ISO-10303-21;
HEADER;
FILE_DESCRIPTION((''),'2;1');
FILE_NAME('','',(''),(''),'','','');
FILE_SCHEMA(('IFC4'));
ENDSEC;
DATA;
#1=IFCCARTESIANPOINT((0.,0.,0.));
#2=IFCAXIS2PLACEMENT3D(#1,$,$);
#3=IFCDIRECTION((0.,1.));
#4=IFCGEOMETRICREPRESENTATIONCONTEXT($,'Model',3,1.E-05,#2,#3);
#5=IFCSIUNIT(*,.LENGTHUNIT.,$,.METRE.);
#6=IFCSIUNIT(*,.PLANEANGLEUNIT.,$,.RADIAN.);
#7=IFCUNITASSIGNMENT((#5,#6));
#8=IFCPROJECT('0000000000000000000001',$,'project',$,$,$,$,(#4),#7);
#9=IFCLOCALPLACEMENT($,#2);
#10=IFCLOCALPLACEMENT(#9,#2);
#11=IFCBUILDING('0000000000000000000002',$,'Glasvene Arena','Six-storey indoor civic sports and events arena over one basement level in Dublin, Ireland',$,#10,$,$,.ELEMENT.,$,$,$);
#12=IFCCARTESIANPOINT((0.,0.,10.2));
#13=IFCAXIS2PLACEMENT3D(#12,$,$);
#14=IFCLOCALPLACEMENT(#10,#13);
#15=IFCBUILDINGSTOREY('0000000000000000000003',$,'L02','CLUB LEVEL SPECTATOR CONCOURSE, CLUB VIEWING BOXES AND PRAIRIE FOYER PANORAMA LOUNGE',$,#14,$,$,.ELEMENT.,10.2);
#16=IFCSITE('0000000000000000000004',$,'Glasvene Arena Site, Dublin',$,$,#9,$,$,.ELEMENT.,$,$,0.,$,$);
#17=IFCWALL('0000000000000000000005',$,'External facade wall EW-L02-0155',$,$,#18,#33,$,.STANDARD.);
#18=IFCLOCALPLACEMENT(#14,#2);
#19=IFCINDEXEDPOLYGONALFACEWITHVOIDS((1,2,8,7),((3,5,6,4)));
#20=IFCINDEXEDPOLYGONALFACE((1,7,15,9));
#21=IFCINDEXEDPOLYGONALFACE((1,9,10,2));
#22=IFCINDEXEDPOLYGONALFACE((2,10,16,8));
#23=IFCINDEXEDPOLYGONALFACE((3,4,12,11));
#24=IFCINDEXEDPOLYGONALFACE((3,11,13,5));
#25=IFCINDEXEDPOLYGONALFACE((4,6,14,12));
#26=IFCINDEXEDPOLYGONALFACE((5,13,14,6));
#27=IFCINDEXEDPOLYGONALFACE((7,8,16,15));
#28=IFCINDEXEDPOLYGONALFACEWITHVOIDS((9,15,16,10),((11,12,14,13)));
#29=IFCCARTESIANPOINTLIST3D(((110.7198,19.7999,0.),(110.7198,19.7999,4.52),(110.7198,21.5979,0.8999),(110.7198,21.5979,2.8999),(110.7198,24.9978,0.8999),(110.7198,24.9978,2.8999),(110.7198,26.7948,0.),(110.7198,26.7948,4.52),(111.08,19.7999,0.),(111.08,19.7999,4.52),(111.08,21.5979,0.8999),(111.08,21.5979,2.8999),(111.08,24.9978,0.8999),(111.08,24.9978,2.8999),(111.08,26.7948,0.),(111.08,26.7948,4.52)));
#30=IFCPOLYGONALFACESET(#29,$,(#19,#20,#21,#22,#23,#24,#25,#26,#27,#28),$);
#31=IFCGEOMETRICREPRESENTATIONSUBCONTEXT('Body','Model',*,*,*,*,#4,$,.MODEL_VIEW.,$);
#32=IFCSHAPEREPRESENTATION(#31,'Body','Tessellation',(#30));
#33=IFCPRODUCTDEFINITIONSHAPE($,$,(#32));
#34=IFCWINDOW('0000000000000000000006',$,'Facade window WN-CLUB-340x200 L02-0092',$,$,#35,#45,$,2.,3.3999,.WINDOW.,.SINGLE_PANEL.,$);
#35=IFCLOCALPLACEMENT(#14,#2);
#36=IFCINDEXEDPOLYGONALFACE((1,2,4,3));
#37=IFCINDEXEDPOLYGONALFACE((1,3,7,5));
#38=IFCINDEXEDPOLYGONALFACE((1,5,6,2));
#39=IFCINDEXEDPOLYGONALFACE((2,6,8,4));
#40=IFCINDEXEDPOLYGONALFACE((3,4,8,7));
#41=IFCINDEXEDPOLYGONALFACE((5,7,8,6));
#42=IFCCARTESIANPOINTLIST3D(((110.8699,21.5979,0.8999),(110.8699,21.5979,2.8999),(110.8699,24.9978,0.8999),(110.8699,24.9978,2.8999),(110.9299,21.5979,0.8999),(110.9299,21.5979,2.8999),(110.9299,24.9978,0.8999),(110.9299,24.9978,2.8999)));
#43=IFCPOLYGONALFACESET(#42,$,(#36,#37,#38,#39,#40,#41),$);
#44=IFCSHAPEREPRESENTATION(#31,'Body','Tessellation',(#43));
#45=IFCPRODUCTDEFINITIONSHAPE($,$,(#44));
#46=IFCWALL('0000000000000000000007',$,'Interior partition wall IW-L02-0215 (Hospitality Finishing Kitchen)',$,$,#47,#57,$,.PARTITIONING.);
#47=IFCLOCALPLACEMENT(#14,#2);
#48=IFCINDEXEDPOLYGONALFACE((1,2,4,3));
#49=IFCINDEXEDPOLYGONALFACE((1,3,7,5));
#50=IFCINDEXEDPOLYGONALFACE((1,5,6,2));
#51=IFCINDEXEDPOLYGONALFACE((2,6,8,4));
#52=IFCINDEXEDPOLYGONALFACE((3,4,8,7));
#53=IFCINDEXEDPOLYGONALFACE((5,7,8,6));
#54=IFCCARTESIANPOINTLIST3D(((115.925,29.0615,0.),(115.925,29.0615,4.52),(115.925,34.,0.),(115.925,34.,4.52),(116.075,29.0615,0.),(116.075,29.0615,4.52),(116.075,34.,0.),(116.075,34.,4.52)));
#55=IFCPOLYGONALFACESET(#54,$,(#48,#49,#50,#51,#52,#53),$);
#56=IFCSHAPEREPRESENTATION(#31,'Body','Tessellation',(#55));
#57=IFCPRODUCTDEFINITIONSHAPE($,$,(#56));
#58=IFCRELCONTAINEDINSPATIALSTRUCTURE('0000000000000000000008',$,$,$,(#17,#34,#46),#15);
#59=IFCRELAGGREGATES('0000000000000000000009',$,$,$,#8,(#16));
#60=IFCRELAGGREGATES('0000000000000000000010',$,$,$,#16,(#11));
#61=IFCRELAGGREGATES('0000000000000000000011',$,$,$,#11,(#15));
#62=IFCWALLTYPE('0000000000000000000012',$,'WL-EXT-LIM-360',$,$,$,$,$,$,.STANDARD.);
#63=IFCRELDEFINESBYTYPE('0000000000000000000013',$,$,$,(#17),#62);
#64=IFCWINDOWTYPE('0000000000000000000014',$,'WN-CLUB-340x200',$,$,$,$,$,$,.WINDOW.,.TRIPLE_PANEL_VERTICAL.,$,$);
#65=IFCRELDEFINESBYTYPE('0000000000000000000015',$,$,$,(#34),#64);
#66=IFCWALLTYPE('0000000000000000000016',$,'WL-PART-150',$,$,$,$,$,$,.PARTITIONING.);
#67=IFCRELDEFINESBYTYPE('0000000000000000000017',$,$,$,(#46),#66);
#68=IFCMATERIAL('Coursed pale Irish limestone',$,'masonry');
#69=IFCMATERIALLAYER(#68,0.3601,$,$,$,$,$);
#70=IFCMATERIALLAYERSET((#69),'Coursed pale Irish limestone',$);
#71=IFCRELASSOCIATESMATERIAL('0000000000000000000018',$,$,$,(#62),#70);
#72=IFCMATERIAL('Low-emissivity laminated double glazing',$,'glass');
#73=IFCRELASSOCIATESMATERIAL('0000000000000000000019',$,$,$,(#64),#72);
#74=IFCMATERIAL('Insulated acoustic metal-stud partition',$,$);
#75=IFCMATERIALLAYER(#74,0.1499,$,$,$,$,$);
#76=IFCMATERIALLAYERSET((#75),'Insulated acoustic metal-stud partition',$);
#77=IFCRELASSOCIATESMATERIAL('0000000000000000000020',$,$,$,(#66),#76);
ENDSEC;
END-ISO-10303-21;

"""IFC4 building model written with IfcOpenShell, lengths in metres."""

from ifc_helpers import new_model, si_unit, direction, frame, frame_2d, origin, place, context, subcontext, project, spatial, rectangle, extrude, material, layer, layer_set, type_object, element, fill, save


model = new_model("IFC4")

# Units and contexts
model_context = context("Model", 3, precision=1e-05, world=origin(), true_north=direction((0.0, 1.0)))
body_context = subcontext(model_context, "Body", "Model", "MODEL_VIEW")
ifc_project = project(units=[si_unit("LENGTHUNIT", "METRE"), si_unit("PLANEANGLEUNIT", "RADIAN")], contexts=[model_context])

# Site, building, storey
site_placement = place(None, origin())
site = spatial("IfcSite", under=ifc_project, at=site_placement, Name="Glasvene Arena Site, Dublin", CompositionType="ELEMENT", RefElevation=0.0)
building_placement = place(site_placement, origin())
building = spatial("IfcBuilding", under=site, at=building_placement, Name="Glasvene Arena", Description="Six-storey indoor civic sports and events arena over one basement level in Dublin, Ireland", CompositionType="ELEMENT")
storey_placement = place(building_placement, frame((0.0, 0.0, 10.2)))
storey = spatial("IfcBuildingStorey", under=building, at=storey_placement, Name="L02", Description="CLUB LEVEL SPECTATOR CONCOURSE, CLUB VIEWING BOXES AND PRAIRIE FOYER PANORAMA LOUNGE", CompositionType="ELEMENT", Elevation=10.2)

# Shared definitions
ifc_material_1 = material(Name="Low-emissivity laminated double glazing", Category="glass")

# Shared definitions
ifc_material_2 = material(Name="Coursed pale Irish limestone", Category="masonry")
ifc_layer_1 = layer(ifc_material_2, 0.3601)
ifc_layer_set_1 = layer_set([ifc_layer_1], Name="Coursed pale Irish limestone")
wall_type_1 = type_object("IfcWallType", Name="WL-EXT-LIM-360", PredefinedType="STANDARD", material=ifc_layer_set_1)

# Wall, opening, window
wall_1_placement = place(storey_placement, frame((110.8999, 26.7949, 0.0), z_axis=(0.0, 0.0, 1.0), x_axis=(0.0, -1.0, 0.0)))
wall_1 = element("IfcWall", 1, at=wall_1_placement, inside=storey, type_object=wall_type_1, Name="External facade wall EW-L02-0155", PredefinedType="STANDARD", context=body_context, shape_type="SweptSolid", body=[
    extrude(rectangle(XDim=6.9949, YDim=0.3601, at=frame_2d((3.4976, 0.0))), origin(), (0.0, 0.0, 1.0), 4.52),
])
opening_placement = place(wall_1_placement, frame((1.7971, 0.0, 0.8999)))
opening = element("IfcOpeningElement", 2, at=opening_placement, cuts=wall_1, PredefinedType="OPENING", context=body_context, shape_type="SweptSolid", body=[
    extrude(rectangle(XDim=3.3999, YDim=2.0, at=frame_2d((1.7, 1.0))), frame((0.0, 0.1899, 0.0), z_axis=(0.0, -1.0, 0.0), x_axis=(1.0, 0.0, 0.0)), (0.0, 0.0, 1.0), 0.3801),
])
window_type = type_object("IfcWindowType", Name="WN-CLUB-340x200", PartitioningType="TRIPLE_PANEL_VERTICAL", PredefinedType="WINDOW", material=ifc_material_1)
window_placement = place(opening_placement, origin())
window = element("IfcWindow", 3, at=window_placement, inside=storey, type_object=window_type, Name="Facade window WN-CLUB-340x200 L02-0092", OverallHeight=2.0, OverallWidth=3.3999, PartitioningType="SINGLE_PANEL", PredefinedType="WINDOW", context=body_context, shape_type="SweptSolid", body=[
    extrude(rectangle(XDim=3.3999, YDim=2.0, at=frame_2d((1.7, 1.0))), frame((0.0, 0.03, 0.0), z_axis=(0.0, -1.0, 0.0), x_axis=(1.0, 0.0, 0.0)), (0.0, 0.0, 1.0), 0.0601),
])
fill(opening, window)

# Wall
ifc_material_3 = material(Name="Insulated acoustic metal-stud partition")
ifc_layer_2 = layer(ifc_material_3, 0.1499)
ifc_layer_set_2 = layer_set([ifc_layer_2], Name="Insulated acoustic metal-stud partition")
wall_type_2 = type_object("IfcWallType", Name="WL-PART-150", PredefinedType="PARTITIONING", material=ifc_layer_set_2)
wall_2_placement = place(storey_placement, frame((116.0, 29.0615, 0.0), z_axis=(0.0, 0.0, 1.0), x_axis=(0.0, 1.0, 0.0)))
element("IfcWall", 4, at=wall_2_placement, inside=storey, type_object=wall_type_2, Name="Interior partition wall IW-L02-0215 (Hospitality Finishing Kitchen)", PredefinedType="PARTITIONING", context=body_context, shape_type="SweptSolid", body=[
    extrude(rectangle(XDim=4.9385, YDim=0.1499, at=frame_2d((2.4692, 0.0))), origin(), (0.0, 0.0, 1.0), 4.52),
])

save(model, "model.ifc")
